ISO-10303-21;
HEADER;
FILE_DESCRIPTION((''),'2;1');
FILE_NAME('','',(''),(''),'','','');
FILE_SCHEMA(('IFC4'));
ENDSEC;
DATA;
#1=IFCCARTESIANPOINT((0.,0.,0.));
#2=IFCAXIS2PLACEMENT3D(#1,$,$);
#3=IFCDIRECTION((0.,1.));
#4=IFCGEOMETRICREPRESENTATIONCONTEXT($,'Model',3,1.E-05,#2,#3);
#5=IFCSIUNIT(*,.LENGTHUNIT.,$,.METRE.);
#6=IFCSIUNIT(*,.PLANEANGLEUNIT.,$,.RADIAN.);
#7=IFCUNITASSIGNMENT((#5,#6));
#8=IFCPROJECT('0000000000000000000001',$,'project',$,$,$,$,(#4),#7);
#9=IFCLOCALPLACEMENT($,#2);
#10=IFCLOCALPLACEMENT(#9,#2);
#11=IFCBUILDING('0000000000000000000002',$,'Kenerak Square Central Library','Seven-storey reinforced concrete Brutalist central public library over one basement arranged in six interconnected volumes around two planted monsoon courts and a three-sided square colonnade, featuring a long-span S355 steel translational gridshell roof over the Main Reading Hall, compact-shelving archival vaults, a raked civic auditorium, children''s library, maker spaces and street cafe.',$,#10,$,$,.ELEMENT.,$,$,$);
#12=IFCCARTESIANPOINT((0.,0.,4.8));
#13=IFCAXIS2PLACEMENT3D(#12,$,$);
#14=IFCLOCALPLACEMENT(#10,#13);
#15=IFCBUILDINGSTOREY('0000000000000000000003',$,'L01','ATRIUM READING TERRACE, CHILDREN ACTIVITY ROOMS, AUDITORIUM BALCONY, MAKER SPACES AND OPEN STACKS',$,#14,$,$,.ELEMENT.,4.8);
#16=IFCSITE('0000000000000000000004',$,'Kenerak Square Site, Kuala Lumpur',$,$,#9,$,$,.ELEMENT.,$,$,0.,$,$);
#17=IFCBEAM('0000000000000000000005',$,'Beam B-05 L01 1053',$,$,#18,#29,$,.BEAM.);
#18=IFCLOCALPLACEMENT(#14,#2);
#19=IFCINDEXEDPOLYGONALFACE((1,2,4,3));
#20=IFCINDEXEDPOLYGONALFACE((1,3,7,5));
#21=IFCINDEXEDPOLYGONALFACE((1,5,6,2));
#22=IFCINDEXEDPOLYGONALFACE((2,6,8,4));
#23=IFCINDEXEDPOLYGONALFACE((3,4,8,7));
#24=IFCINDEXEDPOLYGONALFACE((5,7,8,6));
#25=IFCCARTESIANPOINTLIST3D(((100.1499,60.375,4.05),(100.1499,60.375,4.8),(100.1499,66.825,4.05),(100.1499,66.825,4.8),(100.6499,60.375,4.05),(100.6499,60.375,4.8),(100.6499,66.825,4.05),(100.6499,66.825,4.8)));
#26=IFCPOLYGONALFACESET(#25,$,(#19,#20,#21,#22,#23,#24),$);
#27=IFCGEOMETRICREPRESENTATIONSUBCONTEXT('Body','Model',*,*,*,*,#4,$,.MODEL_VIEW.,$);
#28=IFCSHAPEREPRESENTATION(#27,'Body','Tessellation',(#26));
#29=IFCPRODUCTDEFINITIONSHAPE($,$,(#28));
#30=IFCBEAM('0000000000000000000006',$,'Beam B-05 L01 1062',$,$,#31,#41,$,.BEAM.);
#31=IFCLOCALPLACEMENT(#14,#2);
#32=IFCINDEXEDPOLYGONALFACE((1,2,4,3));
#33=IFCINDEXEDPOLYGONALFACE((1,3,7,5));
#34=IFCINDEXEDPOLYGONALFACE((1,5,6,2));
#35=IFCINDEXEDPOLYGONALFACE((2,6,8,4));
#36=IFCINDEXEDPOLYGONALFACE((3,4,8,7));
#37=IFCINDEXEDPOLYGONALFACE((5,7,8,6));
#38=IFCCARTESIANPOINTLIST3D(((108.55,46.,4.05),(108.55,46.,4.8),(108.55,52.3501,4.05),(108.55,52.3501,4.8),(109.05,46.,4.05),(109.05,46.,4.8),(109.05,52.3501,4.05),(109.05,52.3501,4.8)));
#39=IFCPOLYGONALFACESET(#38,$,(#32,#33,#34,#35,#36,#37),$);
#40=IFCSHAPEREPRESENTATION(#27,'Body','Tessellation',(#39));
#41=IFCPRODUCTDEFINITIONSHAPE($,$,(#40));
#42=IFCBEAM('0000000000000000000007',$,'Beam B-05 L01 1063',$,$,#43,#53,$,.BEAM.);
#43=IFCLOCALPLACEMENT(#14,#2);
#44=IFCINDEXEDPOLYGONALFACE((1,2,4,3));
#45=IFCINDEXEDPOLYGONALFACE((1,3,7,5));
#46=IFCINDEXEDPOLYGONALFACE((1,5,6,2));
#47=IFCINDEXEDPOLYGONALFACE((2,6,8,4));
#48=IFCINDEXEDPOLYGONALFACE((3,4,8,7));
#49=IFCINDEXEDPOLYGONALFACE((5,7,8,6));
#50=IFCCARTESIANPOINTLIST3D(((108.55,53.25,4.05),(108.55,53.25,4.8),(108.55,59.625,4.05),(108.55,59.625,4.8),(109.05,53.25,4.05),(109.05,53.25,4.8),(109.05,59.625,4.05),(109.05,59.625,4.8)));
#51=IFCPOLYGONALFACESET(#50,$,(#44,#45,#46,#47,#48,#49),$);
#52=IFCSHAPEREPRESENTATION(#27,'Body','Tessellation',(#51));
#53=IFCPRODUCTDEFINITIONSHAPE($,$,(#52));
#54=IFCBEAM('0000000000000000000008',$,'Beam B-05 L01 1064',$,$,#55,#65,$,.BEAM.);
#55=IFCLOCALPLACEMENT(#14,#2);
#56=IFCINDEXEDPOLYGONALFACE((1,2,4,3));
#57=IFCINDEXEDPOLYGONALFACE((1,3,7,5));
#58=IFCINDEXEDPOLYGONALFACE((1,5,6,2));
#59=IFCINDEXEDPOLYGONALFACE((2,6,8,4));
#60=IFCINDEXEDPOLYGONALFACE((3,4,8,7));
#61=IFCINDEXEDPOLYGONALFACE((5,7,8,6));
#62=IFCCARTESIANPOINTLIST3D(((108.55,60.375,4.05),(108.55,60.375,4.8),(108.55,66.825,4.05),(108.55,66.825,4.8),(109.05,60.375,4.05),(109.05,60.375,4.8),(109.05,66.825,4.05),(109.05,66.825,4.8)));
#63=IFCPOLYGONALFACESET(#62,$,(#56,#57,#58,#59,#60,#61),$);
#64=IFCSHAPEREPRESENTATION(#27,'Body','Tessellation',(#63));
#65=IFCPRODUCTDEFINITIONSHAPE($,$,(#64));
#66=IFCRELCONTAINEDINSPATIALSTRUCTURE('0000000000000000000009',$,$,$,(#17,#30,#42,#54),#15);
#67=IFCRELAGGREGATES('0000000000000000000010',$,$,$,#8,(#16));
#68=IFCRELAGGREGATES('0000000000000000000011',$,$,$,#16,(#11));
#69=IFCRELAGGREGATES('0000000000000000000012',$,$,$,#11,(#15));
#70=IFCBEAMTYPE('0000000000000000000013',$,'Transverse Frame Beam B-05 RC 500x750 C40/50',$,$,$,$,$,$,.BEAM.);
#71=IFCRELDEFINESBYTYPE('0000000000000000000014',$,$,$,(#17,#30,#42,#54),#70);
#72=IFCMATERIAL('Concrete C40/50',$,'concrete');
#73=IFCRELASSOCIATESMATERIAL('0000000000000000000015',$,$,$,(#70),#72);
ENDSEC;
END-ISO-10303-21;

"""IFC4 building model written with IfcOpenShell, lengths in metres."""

from ifc_helpers import new_model, si_unit, direction, frame, origin, origin_2d, place, context, subcontext, project, spatial, rectangle, extrude, material, material_profile, profile_set, type_object, element, save


model = new_model("IFC4")

# Units and contexts
model_context = context("Model", 3, precision=1e-05, world=origin(), true_north=direction((0.0, 1.0)))
body_context = subcontext(model_context, "Body", "Model", "MODEL_VIEW")
ifc_project = project(units=[si_unit("LENGTHUNIT", "METRE"), si_unit("PLANEANGLEUNIT", "RADIAN")], contexts=[model_context])

# Site, building, storey
site_placement = place(None, origin())
site = spatial("IfcSite", under=ifc_project, at=site_placement, Name="Kenerak Square Site, Kuala Lumpur", CompositionType="ELEMENT", RefElevation=0.0)
building_placement = place(site_placement, origin())
building = spatial("IfcBuilding", under=site, at=building_placement, Name="Kenerak Square Central Library", Description="Seven-storey reinforced concrete Brutalist central public library over one basement arranged in six interconnected volumes around two planted monsoon courts and a three-sided square colonnade, featuring a long-span S355 steel translational gridshell roof over the Main Reading Hall, compact-shelving archival vaults, a raked civic auditorium, children's library, maker spaces and street cafe.", CompositionType="ELEMENT")
storey_placement = place(building_placement, frame((0.0, 0.0, 4.8)))
storey = spatial("IfcBuildingStorey", under=building, at=storey_placement, Name="L01", Description="ATRIUM READING TERRACE, CHILDREN ACTIVITY ROOMS, AUDITORIUM BALCONY, MAKER SPACES AND OPEN STACKS", CompositionType="ELEMENT", Elevation=4.8)

# Shared definitions
ifc_material_1 = material(Name="Concrete C40/50", Category="concrete")

# Beams
ifc_material_profile_1 = material_profile(ifc_material_1, rectangle(XDim=0.5, YDim=0.75, at=origin_2d()), Name="RC 500x750")
ifc_profile_set_1 = profile_set([ifc_material_profile_1], Name="Concrete C40/50")
beam_type_1 = type_object("IfcBeamType", Name="Transverse Frame Beam B-05 RC 500x750 C40/50", PredefinedType="BEAM", material=ifc_profile_set_1)
beam_1_placement = place(storey_placement, frame((100.3999, 60.375, 4.425), z_axis=(0.0, 1.0, 0.0), x_axis=(-1.0, 0.0, 0.0)))
element("IfcBeam", 1, at=beam_1_placement, inside=storey, type_object=beam_type_1, Name="Beam B-05 L01 1053", PredefinedType="BEAM", context=body_context, shape_type="SweptSolid", body=[
    extrude(rectangle(XDim=0.5, YDim=0.75, at=origin_2d()), origin(), (0.0, 0.0, 1.0), 6.45),
])
beam_2_placement = place(storey_placement, frame((108.8, 46.0, 4.425), z_axis=(0.0, 1.0, 0.0), x_axis=(-1.0, 0.0, 0.0)))
element("IfcBeam", 2, at=beam_2_placement, inside=storey, type_object=beam_type_1, Name="Beam B-05 L01 1062", PredefinedType="BEAM", context=body_context, shape_type="SweptSolid", body=[
    extrude(rectangle(XDim=0.5, YDim=0.75, at=origin_2d()), origin(), (0.0, 0.0, 1.0), 6.3501),
])
beam_3_placement = place(storey_placement, frame((108.8, 53.25, 4.425), z_axis=(0.0, 1.0, 0.0), x_axis=(-1.0, 0.0, 0.0)))
element("IfcBeam", 3, at=beam_3_placement, inside=storey, type_object=beam_type_1, Name="Beam B-05 L01 1063", PredefinedType="BEAM", context=body_context, shape_type="SweptSolid", body=[
    extrude(rectangle(XDim=0.5, YDim=0.75, at=origin_2d()), origin(), (0.0, 0.0, 1.0), 6.375),
])
beam_4_placement = place(storey_placement, frame((108.8, 60.375, 4.425), z_axis=(0.0, 1.0, 0.0), x_axis=(-1.0, 0.0, 0.0)))
element("IfcBeam", 4, at=beam_4_placement, inside=storey, type_object=beam_type_1, Name="Beam B-05 L01 1064", PredefinedType="BEAM", context=body_context, shape_type="SweptSolid", body=[
    extrude(rectangle(XDim=0.5, YDim=0.75, at=origin_2d()), origin(), (0.0, 0.0, 1.0), 6.45),
])

save(model, "model.ifc")
